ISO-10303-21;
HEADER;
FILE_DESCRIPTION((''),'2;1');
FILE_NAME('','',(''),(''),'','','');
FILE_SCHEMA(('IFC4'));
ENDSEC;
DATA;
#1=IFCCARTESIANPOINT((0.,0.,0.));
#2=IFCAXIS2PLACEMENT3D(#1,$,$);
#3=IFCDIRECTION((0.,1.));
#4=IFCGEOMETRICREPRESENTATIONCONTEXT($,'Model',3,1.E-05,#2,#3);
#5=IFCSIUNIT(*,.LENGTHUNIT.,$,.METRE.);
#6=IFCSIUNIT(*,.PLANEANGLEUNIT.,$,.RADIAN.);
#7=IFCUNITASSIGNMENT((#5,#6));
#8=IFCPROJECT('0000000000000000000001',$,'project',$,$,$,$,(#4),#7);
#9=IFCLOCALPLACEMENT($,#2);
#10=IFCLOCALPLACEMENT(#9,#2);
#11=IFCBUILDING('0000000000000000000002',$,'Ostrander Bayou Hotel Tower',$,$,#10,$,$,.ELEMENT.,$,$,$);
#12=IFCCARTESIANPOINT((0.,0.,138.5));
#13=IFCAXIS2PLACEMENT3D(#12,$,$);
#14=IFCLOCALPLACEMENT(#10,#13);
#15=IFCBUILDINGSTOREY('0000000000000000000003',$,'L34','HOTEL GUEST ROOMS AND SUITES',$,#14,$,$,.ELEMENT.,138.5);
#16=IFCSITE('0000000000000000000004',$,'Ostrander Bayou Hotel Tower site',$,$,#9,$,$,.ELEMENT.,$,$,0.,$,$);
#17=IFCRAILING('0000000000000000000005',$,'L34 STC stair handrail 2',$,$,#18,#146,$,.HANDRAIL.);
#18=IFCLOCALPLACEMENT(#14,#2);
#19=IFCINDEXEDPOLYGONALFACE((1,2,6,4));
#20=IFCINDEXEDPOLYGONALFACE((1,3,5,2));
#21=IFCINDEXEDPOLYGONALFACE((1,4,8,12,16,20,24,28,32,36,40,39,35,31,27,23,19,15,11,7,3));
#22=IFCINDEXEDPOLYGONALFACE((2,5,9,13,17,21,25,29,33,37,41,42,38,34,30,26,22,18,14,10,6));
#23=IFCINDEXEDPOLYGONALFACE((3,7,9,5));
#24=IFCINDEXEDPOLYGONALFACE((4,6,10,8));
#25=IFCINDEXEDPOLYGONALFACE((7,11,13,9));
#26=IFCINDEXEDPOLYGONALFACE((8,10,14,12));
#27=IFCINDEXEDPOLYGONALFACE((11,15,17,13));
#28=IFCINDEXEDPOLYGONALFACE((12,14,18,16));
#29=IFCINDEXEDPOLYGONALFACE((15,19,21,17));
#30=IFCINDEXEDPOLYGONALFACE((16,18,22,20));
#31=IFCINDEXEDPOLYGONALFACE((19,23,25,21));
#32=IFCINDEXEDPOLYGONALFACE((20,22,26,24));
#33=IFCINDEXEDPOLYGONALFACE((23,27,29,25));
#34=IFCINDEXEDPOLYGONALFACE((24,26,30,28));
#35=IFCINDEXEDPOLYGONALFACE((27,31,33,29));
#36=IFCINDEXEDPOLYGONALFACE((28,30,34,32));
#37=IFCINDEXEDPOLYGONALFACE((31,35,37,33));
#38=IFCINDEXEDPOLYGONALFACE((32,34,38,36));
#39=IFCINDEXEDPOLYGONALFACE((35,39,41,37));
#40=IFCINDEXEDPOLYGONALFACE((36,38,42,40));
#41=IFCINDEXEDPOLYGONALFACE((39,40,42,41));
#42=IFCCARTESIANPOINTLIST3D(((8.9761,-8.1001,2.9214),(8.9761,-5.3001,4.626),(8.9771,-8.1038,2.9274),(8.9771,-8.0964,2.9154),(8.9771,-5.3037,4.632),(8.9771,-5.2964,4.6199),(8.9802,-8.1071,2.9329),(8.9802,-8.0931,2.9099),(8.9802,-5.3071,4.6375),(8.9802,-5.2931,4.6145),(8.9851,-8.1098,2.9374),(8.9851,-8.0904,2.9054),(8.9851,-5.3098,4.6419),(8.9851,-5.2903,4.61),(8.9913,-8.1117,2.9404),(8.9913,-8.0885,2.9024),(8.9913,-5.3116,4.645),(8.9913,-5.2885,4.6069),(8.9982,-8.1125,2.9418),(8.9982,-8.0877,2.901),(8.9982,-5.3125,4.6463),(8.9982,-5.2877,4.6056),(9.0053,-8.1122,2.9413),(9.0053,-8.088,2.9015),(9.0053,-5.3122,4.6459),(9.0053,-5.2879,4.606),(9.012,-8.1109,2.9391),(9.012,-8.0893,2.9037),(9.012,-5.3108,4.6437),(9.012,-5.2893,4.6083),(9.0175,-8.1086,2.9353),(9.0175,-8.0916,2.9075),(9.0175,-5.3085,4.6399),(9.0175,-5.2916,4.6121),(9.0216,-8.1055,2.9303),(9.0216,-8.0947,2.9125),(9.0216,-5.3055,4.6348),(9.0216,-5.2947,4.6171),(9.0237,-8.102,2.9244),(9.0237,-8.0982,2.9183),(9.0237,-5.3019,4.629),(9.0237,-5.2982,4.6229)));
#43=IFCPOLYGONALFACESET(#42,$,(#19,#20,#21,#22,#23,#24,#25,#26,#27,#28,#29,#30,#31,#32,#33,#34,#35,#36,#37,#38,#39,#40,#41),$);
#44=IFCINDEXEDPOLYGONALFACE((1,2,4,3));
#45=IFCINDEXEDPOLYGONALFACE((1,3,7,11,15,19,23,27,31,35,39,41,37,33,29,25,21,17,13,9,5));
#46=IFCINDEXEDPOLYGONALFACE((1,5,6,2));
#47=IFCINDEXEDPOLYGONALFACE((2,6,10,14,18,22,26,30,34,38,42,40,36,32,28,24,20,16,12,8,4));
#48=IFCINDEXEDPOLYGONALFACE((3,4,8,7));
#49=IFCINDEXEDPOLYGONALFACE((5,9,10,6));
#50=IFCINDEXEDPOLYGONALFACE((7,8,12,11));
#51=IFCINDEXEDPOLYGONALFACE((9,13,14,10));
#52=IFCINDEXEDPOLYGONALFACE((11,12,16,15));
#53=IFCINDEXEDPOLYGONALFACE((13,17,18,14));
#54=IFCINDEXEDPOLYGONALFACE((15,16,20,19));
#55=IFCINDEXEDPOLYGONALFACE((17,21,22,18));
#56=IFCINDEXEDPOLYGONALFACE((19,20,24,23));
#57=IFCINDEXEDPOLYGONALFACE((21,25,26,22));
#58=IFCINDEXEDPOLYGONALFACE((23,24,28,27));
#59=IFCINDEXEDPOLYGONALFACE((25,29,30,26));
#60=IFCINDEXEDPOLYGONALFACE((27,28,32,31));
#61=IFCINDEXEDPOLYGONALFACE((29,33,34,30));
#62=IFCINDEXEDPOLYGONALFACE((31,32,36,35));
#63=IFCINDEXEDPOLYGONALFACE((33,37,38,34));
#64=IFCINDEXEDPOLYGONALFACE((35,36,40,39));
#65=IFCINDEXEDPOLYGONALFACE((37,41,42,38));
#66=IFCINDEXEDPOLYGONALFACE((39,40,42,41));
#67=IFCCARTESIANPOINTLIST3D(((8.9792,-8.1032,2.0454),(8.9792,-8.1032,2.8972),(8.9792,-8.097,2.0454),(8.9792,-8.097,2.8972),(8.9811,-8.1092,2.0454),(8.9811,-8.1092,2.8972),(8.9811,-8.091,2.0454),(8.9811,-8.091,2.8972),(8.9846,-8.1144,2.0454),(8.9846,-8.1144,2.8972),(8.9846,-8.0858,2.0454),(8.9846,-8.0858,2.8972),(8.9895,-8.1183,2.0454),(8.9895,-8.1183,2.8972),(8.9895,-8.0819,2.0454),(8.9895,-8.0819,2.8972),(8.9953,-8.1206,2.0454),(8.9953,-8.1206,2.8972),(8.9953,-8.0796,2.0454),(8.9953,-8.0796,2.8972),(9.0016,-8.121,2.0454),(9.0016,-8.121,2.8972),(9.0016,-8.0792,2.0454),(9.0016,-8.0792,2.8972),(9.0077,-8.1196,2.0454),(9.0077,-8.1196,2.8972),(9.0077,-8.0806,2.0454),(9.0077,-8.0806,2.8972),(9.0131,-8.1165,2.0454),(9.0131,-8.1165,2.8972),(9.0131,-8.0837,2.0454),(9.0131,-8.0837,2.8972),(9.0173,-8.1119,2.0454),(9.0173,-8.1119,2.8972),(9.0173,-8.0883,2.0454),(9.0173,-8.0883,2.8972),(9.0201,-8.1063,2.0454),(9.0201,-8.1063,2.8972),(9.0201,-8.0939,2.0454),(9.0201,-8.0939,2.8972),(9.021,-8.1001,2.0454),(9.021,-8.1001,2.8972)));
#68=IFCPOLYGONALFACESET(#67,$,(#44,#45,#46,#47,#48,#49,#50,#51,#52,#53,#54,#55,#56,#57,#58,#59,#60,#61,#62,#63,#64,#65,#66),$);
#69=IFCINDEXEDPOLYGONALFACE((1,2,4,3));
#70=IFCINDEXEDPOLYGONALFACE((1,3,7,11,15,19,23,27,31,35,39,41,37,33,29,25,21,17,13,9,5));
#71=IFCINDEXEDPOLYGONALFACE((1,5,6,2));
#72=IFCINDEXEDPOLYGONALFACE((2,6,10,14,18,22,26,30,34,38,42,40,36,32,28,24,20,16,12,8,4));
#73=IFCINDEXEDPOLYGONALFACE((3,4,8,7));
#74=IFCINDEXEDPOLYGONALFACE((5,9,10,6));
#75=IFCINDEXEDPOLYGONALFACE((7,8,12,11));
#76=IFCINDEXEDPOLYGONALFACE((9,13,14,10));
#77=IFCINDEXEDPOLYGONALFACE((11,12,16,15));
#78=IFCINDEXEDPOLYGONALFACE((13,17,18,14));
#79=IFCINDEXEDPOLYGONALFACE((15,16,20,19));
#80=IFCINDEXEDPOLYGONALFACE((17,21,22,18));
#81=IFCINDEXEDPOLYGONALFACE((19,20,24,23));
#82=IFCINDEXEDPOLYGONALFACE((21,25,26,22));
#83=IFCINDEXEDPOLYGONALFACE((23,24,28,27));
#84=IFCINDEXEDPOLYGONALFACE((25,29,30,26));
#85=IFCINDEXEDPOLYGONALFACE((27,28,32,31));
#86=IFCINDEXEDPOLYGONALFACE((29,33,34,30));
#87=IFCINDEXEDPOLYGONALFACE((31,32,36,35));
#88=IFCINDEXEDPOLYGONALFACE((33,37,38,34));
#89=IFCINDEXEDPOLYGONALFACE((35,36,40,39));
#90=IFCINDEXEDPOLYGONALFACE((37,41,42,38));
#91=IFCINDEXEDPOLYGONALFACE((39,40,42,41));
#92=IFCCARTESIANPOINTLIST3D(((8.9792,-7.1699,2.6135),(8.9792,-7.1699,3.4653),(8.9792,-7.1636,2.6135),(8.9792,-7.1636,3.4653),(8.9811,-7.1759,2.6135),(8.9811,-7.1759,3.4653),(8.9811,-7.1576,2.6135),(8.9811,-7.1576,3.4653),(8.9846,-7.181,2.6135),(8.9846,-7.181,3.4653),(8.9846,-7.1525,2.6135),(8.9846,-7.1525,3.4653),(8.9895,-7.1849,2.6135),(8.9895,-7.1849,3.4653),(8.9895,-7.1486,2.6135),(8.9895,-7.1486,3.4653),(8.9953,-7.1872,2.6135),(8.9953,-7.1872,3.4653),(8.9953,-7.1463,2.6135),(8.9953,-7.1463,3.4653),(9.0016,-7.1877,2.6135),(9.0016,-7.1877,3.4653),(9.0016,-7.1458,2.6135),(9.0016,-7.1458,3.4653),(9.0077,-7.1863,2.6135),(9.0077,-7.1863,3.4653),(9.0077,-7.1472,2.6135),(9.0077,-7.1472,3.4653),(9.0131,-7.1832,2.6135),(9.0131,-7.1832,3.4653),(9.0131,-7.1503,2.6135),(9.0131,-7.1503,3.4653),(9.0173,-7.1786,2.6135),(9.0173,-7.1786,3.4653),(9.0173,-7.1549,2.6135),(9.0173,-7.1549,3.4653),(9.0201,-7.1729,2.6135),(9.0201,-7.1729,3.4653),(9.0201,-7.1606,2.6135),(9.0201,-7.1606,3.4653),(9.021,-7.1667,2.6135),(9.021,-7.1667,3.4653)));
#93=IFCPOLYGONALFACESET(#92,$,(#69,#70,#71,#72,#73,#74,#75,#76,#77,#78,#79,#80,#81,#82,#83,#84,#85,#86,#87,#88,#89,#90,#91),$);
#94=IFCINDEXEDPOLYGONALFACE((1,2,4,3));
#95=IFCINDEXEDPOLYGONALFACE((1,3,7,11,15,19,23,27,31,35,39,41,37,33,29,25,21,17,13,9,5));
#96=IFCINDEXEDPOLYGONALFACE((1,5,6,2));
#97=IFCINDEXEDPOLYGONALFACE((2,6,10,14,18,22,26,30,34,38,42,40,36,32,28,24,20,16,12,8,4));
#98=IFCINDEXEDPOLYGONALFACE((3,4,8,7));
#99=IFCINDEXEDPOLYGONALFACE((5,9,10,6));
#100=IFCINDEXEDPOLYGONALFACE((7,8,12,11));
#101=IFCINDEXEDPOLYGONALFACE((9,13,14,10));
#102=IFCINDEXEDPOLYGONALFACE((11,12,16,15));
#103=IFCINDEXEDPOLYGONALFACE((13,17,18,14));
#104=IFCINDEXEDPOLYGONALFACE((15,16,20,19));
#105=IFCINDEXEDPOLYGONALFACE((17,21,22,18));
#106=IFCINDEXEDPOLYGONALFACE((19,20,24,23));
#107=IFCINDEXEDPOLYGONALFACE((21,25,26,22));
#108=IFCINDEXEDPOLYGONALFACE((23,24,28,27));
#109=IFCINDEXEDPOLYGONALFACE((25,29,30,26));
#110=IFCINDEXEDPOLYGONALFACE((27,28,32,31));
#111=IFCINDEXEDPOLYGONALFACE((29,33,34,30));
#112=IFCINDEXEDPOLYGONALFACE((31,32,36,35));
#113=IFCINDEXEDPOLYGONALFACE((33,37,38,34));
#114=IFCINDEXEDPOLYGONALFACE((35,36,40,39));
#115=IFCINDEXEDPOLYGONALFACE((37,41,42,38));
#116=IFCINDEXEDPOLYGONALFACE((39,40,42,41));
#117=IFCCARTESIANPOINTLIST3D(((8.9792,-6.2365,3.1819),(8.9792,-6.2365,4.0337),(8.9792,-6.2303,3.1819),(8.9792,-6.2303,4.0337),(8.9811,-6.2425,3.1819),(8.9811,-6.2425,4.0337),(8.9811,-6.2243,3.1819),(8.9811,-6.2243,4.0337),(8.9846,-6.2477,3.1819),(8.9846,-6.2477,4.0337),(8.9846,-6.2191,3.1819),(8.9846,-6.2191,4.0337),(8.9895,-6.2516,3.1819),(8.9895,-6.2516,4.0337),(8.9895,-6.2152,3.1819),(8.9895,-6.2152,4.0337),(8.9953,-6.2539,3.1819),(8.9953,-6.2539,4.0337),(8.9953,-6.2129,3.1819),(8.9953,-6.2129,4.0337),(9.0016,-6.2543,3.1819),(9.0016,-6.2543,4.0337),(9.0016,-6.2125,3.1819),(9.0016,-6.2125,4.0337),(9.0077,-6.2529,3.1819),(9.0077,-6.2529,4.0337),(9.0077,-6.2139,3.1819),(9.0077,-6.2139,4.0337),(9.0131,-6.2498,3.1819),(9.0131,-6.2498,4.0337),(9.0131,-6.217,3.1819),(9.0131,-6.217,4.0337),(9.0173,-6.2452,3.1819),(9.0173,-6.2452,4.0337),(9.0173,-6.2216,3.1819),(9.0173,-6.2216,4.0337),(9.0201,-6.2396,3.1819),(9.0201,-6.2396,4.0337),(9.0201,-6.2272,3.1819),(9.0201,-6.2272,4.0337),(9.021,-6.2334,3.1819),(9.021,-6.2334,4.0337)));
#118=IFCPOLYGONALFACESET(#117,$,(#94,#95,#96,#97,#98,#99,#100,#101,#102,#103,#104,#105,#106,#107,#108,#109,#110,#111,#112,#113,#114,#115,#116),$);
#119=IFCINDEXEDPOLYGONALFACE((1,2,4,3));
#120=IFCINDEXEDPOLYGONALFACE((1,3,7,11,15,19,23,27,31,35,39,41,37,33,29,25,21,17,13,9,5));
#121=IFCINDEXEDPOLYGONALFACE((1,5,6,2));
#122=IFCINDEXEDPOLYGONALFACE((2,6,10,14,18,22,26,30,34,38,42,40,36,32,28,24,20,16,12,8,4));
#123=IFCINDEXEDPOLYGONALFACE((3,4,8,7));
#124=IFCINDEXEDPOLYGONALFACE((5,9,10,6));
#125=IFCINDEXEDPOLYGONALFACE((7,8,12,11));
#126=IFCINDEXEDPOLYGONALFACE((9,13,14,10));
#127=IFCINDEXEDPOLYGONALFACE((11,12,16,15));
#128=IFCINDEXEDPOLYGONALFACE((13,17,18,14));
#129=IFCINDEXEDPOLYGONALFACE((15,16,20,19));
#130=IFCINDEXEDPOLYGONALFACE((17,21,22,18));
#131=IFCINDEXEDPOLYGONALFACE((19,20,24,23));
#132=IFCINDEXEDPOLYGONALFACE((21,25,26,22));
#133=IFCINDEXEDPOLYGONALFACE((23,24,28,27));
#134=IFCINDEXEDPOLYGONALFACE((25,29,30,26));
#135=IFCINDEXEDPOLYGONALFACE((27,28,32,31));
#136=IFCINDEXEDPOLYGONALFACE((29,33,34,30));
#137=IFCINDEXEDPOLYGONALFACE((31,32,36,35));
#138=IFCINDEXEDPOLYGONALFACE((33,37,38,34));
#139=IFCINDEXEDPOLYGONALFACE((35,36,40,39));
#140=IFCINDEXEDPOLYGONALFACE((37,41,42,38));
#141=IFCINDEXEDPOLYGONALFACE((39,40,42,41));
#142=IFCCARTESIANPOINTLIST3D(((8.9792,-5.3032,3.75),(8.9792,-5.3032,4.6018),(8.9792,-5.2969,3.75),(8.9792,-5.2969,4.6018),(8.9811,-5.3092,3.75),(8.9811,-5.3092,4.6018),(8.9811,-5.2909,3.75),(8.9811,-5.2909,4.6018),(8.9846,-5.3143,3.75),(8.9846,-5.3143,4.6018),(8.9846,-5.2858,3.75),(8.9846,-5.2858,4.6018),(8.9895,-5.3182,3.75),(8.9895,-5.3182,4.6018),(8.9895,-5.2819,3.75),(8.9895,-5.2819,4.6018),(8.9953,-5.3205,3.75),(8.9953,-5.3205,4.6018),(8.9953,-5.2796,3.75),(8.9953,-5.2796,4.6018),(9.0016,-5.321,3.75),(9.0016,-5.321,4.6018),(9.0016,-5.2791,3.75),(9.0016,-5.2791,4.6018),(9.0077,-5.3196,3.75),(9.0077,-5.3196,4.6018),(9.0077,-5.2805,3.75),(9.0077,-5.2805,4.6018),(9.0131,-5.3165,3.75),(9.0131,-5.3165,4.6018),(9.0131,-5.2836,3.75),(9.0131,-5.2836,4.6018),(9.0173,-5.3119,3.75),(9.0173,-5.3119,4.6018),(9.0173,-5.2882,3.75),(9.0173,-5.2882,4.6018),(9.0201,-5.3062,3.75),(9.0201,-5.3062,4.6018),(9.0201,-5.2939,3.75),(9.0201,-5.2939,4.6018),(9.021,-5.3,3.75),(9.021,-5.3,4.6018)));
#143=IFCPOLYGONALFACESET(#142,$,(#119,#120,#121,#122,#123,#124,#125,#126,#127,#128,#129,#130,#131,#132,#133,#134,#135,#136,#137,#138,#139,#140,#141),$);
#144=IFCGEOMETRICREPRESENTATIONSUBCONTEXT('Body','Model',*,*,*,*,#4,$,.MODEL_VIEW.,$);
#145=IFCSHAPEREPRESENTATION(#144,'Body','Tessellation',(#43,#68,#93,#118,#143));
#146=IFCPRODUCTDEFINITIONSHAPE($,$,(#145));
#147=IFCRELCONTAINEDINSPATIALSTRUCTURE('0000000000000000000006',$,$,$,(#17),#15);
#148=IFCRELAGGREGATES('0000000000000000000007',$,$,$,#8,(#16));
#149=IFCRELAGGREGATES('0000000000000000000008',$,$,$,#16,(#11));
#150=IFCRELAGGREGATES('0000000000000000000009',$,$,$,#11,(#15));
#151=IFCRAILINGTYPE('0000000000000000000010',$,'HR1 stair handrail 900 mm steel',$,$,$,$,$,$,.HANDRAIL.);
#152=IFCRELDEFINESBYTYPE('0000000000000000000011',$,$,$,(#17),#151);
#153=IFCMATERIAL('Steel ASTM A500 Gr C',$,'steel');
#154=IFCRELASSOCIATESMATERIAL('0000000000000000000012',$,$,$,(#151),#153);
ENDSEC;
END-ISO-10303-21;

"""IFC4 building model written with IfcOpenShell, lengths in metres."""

from ifc_helpers import new_model, si_unit, direction, frame, origin, origin_2d, place, context, subcontext, project, spatial, circle, extrude, material, type_object, element, save


model = new_model("IFC4")

# Units and contexts
model_context = context("Model", 3, precision=1e-05, world=origin(), true_north=direction((0.0, 1.0)))
body_context = subcontext(model_context, "Body", "Model", "MODEL_VIEW")
ifc_project = project(units=[si_unit("LENGTHUNIT", "METRE"), si_unit("PLANEANGLEUNIT", "RADIAN")], contexts=[model_context])

# Site, building, storey
site_placement = place(None, origin())
site = spatial("IfcSite", under=ifc_project, at=site_placement, Name="Ostrander Bayou Hotel Tower site", CompositionType="ELEMENT", RefElevation=0.0)
building_placement = place(site_placement, origin())
building = spatial("IfcBuilding", under=site, at=building_placement, Name="Ostrander Bayou Hotel Tower", CompositionType="ELEMENT")
storey_placement = place(building_placement, frame((0.0, 0.0, 138.5)))
storey = spatial("IfcBuildingStorey", under=building, at=storey_placement, Name="L34", Description="HOTEL GUEST ROOMS AND SUITES", CompositionType="ELEMENT", Elevation=138.5)

# Railing
ifc_material_1 = material(Name="Steel ASTM A500 Gr C", Category="steel")
railing_type_1 = type_object("IfcRailingType", Name="HR1 stair handrail 900 mm steel", PredefinedType="HANDRAIL", material=ifc_material_1)
railing_1_placement = place(storey_placement, frame((9.0, -8.1001, 2.0454)))
element("IfcRailing", 1, at=railing_1_placement, inside=storey, type_object=railing_type_1, Name="L34 STC stair handrail 2", PredefinedType="HANDRAIL", context=body_context, shape_type="SweptSolid", body=[
    extrude(circle(Radius=0.0239, at=origin_2d()), frame((0.0, 0.0, 0.876), z_axis=(0.0, 0.85417, 0.519994), x_axis=(-1.0, 0.0, 0.0)), (0.0, 0.0, 1.0), 3.2781),
    extrude(circle(Radius=0.021, at=origin_2d()), origin(), (0.0, 0.0, 1.0), 0.8518),
    extrude(circle(Radius=0.021, at=origin_2d()), frame((0.0, 0.9333, 0.5681)), (0.0, 0.0, 1.0), 0.8518),
    extrude(circle(Radius=0.021, at=origin_2d()), frame((0.0, 1.8667, 1.1365)), (0.0, 0.0, 1.0), 0.8518),
    extrude(circle(Radius=0.021, at=origin_2d()), frame((0.0, 2.8, 1.7046)), (0.0, 0.0, 1.0), 0.8518),
])

save(model, "model.ifc")
